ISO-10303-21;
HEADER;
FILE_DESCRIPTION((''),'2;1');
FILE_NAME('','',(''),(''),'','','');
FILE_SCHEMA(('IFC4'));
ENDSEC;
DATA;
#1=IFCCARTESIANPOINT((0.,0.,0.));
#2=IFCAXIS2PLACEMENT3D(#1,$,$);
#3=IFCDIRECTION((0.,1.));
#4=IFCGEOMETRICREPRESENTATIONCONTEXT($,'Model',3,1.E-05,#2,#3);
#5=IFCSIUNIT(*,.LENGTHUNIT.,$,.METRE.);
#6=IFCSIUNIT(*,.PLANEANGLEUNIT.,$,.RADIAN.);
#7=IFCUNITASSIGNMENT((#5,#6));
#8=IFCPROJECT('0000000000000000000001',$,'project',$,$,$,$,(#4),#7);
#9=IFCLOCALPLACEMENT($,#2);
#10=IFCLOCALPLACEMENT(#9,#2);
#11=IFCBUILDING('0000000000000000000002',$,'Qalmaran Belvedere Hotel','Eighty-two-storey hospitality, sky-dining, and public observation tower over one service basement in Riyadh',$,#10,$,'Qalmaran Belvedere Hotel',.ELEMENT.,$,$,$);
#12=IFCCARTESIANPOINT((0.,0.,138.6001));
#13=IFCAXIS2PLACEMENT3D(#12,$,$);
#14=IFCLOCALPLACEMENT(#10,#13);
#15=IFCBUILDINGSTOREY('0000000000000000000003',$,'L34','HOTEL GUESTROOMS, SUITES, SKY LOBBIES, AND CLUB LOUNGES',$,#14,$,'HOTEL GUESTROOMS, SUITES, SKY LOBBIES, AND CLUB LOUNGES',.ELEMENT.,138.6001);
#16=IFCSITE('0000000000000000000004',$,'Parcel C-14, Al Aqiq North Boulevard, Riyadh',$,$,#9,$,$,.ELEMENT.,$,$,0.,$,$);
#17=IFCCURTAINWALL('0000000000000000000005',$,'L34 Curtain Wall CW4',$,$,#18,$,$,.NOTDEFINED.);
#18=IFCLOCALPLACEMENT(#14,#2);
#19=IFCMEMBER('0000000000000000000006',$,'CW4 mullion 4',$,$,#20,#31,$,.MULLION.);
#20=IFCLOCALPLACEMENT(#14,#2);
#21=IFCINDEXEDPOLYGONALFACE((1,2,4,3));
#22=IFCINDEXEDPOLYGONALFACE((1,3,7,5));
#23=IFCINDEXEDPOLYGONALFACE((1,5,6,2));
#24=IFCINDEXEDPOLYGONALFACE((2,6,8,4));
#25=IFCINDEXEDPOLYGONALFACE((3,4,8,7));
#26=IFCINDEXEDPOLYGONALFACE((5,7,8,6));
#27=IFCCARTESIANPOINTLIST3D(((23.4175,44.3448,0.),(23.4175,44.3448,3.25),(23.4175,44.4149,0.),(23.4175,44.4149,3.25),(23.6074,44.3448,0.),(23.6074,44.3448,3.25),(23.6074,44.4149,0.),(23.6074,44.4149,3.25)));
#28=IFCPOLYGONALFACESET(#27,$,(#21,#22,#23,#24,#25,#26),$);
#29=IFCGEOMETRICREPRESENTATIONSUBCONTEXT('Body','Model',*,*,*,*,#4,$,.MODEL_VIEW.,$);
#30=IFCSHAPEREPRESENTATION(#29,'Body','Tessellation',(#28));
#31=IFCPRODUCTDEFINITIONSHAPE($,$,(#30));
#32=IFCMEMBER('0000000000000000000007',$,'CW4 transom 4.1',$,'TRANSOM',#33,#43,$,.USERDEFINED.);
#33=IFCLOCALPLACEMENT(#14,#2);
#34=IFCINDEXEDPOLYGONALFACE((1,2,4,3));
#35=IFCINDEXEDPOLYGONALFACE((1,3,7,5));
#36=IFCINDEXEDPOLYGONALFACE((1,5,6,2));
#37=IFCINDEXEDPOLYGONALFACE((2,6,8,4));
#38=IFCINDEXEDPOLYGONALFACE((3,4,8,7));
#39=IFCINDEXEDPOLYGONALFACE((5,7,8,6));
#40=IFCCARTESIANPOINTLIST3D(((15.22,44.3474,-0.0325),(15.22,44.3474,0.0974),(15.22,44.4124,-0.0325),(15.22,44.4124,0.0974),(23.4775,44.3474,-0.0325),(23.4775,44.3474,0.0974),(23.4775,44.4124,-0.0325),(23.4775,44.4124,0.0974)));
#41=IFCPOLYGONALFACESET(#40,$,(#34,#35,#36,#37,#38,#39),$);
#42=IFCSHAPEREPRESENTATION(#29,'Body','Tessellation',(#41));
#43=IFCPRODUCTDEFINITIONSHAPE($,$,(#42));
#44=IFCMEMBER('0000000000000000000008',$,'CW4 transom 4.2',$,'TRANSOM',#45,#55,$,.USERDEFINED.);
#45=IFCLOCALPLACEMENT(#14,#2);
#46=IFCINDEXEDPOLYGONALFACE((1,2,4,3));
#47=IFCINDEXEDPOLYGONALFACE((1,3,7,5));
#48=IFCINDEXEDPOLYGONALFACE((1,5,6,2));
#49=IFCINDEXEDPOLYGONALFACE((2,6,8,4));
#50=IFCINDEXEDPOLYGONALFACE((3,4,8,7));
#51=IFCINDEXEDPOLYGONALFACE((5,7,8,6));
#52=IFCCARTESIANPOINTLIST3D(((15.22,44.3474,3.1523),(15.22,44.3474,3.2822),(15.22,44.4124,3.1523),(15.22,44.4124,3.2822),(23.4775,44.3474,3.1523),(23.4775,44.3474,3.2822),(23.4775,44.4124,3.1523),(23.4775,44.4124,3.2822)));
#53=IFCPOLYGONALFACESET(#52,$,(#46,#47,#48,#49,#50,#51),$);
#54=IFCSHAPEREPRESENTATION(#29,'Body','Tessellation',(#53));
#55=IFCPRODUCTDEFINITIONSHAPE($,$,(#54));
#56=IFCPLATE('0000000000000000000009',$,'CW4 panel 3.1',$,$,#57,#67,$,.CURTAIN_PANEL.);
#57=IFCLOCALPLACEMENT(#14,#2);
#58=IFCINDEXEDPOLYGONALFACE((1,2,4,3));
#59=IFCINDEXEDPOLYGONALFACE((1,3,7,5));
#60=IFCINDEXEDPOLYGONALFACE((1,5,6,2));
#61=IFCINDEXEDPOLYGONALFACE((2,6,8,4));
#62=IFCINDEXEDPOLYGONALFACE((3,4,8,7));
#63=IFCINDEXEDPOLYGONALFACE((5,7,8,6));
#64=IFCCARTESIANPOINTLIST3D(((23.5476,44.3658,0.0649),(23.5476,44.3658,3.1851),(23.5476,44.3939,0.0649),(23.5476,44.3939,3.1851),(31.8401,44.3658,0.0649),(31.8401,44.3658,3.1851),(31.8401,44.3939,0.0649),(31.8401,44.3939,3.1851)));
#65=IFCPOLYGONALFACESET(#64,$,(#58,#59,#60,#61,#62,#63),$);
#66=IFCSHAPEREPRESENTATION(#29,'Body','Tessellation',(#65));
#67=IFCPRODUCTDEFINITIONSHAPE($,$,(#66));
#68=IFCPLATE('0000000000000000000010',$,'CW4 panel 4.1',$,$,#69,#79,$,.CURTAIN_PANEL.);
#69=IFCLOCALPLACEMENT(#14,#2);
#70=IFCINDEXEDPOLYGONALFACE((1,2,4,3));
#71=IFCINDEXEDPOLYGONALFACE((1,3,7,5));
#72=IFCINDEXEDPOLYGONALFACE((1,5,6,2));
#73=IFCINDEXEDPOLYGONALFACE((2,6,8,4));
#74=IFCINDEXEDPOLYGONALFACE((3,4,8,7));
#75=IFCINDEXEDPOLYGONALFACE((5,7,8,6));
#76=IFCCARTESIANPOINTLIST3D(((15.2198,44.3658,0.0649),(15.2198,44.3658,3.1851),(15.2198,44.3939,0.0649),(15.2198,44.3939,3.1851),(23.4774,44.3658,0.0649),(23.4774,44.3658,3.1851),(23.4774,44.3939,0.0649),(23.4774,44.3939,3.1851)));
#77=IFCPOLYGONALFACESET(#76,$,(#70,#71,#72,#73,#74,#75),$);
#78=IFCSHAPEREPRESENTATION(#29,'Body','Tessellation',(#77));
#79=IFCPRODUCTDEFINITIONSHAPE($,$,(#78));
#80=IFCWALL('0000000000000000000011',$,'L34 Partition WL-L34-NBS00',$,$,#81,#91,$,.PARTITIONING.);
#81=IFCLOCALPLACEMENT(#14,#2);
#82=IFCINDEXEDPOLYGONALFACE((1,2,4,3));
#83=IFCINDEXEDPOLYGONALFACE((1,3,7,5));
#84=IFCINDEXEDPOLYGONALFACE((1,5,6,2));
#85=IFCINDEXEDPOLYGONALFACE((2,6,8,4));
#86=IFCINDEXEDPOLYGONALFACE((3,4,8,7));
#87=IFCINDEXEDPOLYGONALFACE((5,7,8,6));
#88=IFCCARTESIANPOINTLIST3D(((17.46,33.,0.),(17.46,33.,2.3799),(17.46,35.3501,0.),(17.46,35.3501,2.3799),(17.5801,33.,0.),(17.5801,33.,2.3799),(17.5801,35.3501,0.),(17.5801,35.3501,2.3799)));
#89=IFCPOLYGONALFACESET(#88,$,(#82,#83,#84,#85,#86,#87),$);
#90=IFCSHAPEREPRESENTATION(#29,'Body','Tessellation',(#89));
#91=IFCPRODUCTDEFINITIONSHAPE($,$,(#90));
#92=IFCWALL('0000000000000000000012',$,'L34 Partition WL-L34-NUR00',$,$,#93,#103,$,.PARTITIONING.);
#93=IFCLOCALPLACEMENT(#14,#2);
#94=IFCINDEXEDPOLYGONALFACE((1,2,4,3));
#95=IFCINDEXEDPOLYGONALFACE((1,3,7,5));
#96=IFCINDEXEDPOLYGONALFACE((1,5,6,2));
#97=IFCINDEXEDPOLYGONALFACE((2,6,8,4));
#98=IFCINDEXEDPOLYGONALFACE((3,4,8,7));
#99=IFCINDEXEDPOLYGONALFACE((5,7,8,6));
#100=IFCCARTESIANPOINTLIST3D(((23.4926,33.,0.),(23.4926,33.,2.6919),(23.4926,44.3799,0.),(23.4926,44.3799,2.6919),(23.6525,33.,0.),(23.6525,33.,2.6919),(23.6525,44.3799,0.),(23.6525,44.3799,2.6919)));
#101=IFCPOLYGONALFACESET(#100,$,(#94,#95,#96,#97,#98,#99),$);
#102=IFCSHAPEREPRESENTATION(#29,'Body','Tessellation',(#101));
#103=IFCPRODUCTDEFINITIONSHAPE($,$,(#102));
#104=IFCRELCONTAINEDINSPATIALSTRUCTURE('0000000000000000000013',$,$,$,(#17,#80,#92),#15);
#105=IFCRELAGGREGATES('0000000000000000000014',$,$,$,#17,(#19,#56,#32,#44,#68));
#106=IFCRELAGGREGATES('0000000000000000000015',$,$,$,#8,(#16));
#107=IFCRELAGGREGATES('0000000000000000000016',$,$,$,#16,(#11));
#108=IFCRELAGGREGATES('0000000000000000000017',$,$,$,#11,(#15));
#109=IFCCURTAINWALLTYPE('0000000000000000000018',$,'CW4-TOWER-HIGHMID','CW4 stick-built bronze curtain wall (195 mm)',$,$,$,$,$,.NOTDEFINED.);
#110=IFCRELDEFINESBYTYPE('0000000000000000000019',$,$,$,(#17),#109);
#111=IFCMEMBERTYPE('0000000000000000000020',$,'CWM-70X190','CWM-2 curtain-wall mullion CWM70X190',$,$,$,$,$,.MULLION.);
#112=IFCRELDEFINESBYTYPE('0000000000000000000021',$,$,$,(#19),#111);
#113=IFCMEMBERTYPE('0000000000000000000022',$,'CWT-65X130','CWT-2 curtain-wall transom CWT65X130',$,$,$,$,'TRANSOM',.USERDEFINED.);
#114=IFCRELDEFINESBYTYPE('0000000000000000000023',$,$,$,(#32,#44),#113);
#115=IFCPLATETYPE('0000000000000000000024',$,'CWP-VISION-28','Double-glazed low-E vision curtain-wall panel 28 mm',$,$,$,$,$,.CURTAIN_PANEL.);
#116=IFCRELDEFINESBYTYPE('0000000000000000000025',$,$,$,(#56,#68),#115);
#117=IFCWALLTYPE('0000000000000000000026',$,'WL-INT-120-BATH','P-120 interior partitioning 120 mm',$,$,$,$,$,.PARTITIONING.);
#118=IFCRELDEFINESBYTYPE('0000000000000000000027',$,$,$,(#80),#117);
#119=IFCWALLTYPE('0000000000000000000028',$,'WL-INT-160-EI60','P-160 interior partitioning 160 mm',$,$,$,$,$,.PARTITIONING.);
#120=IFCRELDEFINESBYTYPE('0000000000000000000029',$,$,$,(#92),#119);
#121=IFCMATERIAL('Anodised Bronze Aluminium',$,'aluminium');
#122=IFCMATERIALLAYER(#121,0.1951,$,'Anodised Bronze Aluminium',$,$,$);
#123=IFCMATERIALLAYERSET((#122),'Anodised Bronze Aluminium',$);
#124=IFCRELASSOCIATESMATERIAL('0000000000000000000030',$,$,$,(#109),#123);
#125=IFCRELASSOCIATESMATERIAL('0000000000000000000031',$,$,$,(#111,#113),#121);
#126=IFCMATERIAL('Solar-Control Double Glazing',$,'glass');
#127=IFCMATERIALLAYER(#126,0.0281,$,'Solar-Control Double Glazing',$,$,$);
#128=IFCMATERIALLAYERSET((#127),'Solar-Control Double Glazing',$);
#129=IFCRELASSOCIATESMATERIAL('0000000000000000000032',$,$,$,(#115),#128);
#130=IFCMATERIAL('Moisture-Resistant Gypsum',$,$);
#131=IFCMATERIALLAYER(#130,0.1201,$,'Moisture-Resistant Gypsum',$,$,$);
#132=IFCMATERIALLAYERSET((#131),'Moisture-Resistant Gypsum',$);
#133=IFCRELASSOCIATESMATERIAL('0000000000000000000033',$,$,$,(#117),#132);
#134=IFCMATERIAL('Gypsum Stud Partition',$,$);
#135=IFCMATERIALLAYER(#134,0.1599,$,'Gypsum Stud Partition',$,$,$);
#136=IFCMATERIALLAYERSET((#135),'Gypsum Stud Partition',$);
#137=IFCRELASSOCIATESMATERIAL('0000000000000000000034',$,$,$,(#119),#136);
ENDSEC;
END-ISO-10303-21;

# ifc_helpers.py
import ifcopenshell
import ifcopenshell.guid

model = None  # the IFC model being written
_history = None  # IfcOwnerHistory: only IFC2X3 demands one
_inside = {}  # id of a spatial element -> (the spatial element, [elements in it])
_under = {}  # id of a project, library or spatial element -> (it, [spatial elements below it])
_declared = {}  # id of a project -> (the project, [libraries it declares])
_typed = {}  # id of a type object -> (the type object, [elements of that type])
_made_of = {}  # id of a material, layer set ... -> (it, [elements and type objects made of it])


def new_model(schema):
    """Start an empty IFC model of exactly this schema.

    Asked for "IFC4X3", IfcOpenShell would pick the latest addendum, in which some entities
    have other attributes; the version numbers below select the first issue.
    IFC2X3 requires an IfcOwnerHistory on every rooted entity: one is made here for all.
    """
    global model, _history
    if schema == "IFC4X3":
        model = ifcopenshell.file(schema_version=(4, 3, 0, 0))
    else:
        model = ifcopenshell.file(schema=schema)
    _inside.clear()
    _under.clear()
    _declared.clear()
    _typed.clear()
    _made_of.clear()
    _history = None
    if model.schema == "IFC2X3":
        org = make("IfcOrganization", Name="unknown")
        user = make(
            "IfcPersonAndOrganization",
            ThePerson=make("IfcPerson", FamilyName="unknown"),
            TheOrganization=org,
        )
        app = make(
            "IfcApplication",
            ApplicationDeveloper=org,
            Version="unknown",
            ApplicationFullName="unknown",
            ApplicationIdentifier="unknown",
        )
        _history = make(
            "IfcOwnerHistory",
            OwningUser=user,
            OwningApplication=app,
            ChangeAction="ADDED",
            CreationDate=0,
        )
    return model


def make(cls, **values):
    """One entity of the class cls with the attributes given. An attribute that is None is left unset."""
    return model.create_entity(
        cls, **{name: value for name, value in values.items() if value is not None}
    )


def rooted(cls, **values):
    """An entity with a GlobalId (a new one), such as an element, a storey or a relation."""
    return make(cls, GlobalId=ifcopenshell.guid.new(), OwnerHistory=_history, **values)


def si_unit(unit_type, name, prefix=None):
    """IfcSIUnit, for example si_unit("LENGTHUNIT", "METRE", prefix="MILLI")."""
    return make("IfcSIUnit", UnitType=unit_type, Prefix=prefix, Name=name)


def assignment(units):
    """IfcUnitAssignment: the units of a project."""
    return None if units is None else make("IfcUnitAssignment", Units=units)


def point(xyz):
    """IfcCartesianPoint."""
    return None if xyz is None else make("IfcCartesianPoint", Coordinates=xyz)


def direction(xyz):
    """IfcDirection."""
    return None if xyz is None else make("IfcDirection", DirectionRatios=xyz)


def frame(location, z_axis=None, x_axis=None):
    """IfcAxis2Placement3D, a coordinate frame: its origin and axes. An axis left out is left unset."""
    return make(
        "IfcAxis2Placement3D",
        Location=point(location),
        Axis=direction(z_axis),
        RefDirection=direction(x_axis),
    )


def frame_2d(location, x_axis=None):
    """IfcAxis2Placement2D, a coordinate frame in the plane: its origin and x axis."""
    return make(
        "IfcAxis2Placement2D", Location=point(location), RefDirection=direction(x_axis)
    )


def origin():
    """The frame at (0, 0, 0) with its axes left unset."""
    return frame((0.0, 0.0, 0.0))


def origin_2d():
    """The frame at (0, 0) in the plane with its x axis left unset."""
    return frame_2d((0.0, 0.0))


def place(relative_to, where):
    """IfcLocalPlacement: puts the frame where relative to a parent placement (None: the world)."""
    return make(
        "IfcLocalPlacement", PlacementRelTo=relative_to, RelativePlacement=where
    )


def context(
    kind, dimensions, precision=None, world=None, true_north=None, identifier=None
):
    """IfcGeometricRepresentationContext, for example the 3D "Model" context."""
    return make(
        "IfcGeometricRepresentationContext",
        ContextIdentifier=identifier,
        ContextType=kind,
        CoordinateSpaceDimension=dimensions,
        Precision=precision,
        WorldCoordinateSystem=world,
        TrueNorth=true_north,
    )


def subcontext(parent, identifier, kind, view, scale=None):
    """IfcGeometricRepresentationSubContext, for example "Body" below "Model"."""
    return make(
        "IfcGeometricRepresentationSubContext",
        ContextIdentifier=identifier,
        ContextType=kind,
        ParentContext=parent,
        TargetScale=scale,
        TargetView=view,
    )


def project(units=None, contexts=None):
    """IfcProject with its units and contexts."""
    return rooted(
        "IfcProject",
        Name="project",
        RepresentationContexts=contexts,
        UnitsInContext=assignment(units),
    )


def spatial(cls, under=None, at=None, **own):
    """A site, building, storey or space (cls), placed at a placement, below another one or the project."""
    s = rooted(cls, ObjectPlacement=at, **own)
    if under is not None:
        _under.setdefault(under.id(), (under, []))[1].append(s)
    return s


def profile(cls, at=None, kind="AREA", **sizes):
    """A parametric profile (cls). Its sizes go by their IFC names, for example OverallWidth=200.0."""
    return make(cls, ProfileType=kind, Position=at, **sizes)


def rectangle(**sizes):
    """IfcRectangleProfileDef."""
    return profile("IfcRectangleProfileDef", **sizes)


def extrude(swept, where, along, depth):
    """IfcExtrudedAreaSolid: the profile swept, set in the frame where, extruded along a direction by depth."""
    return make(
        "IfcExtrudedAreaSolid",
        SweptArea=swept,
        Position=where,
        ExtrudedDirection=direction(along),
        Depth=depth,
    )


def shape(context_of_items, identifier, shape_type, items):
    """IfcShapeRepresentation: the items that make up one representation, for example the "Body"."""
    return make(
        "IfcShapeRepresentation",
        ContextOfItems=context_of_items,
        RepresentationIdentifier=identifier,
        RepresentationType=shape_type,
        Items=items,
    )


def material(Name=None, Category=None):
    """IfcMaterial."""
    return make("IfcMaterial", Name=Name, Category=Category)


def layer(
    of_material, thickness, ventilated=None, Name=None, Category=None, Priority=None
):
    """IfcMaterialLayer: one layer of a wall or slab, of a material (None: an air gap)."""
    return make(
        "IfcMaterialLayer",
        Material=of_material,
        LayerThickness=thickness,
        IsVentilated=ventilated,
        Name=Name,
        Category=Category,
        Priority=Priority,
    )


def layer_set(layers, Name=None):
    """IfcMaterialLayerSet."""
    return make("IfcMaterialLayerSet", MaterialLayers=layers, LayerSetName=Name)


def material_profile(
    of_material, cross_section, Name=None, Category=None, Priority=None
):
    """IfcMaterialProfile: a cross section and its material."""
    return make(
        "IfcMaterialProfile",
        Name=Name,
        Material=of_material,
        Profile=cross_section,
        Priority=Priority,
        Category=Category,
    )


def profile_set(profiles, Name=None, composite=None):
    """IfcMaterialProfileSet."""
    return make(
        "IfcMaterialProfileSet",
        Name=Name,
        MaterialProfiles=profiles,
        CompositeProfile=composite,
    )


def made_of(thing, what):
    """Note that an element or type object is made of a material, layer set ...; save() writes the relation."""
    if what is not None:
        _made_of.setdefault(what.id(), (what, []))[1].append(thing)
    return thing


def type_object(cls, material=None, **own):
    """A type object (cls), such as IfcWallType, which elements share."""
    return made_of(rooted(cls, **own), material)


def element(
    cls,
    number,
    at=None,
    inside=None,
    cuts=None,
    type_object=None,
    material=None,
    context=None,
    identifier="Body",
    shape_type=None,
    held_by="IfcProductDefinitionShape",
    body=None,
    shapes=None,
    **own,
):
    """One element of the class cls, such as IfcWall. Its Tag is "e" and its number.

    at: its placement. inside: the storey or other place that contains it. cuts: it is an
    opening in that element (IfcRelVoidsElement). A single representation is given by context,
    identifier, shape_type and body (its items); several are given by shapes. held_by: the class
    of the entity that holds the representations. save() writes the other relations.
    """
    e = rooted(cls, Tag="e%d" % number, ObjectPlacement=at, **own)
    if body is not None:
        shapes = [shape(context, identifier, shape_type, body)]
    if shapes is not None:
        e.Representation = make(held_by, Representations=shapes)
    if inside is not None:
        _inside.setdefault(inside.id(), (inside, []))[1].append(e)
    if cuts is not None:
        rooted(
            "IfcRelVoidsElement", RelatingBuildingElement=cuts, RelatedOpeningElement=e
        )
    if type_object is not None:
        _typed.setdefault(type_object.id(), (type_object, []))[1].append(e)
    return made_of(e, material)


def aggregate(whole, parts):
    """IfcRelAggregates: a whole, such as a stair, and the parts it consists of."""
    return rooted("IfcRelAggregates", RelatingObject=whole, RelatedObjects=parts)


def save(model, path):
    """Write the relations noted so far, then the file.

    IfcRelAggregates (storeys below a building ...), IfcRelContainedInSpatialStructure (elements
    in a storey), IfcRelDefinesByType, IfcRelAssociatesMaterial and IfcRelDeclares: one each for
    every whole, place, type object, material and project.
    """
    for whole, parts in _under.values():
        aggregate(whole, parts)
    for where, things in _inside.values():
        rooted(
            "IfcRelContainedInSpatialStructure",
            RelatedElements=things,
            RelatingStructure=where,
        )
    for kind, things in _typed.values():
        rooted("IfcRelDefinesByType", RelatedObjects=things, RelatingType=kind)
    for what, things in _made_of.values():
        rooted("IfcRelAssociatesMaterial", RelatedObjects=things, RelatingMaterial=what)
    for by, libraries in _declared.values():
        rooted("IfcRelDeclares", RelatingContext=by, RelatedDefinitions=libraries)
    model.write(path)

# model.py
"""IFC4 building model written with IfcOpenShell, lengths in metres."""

from ifc_helpers import new_model, si_unit, direction, frame, frame_2d, origin, origin_2d, place, context, subcontext, project, spatial, rectangle, extrude, material, layer, layer_set, material_profile, profile_set, type_object, element, aggregate, save


model = new_model("IFC4")

# Units and contexts
model_context = context("Model", 3, precision=1e-05, world=origin(), true_north=direction((0.0, 1.0)))
body_context = subcontext(model_context, "Body", "Model", "MODEL_VIEW")
ifc_project = project(units=[si_unit("LENGTHUNIT", "METRE"), si_unit("PLANEANGLEUNIT", "RADIAN")], contexts=[model_context])

# Site, building, storey
site_placement = place(None, origin())
site = spatial("IfcSite", under=ifc_project, at=site_placement, Name="Parcel C-14, Al Aqiq North Boulevard, Riyadh", CompositionType="ELEMENT", RefElevation=0.0)
building_placement = place(site_placement, origin())
building = spatial("IfcBuilding", under=site, at=building_placement, Name="Qalmaran Belvedere Hotel", Description="Eighty-two-storey hospitality, sky-dining, and public observation tower over one service basement in Riyadh", LongName="Qalmaran Belvedere Hotel", CompositionType="ELEMENT")
storey_placement = place(building_placement, frame((0.0, 0.0, 138.6001)))
storey = spatial("IfcBuildingStorey", under=building, at=storey_placement, Name="L34", Description="HOTEL GUESTROOMS, SUITES, SKY LOBBIES, AND CLUB LOUNGES", LongName="HOTEL GUESTROOMS, SUITES, SKY LOBBIES, AND CLUB LOUNGES", CompositionType="ELEMENT", Elevation=138.6001)

# Curtain wall, members, plates
ifc_material_1 = material(Name="Anodised Bronze Aluminium", Category="aluminium")
ifc_layer_1 = layer(ifc_material_1, 0.1951, Name="Anodised Bronze Aluminium")
ifc_layer_set_1 = layer_set([ifc_layer_1], Name="Anodised Bronze Aluminium")
curtain_wall_type = type_object("IfcCurtainWallType", Name="CW4-TOWER-HIGHMID", Description="CW4 stick-built bronze curtain wall (195 mm)", PredefinedType="NOTDEFINED", material=ifc_layer_set_1)
curtain_wall_placement = place(storey_placement, origin())
curtain_wall = element("IfcCurtainWall", 1, at=curtain_wall_placement, inside=storey, type_object=curtain_wall_type, Name="L34 Curtain Wall CW4", PredefinedType="NOTDEFINED")
ifc_material_profile_1 = material_profile(ifc_material_1, rectangle(XDim=0.0701, YDim=0.1899, at=origin_2d()), Name="CWM70X190")
ifc_profile_set_1 = profile_set([ifc_material_profile_1], Name="Anodised Bronze Aluminium")
member_type_1 = type_object("IfcMemberType", Name="CWM-70X190", Description="CWM-2 curtain-wall mullion CWM70X190", PredefinedType="MULLION", material=ifc_profile_set_1)
member_1_placement = place(storey_placement, frame((23.5125, 44.3799, 0.0), z_axis=(0.0, 0.0, 1.0), x_axis=(0.0, -1.0, 0.0)))
member_1 = element("IfcMember", 2, at=member_1_placement, type_object=member_type_1, Name="CW4 mullion 4", PredefinedType="MULLION", context=body_context, shape_type="SweptSolid", body=[
    extrude(rectangle(XDim=0.0701, YDim=0.1899, at=origin_2d()), origin(), (0.0, 0.0, 1.0), 3.25),
])
ifc_material_profile_2 = material_profile(ifc_material_1, rectangle(XDim=0.0649, YDim=0.1299, at=origin_2d()), Name="CWT65X130")
ifc_profile_set_2 = profile_set([ifc_material_profile_2], Name="Anodised Bronze Aluminium")
member_type_2 = type_object("IfcMemberType", Name="CWT-65X130", Description="CWT-2 curtain-wall transom CWT65X130", ElementType="TRANSOM", PredefinedType="USERDEFINED", material=ifc_profile_set_2)
member_2_placement = place(storey_placement, frame((23.4775, 44.3799, 0.0325), z_axis=(-1.0, 0.0, 0.0), x_axis=(0.0, -1.0, 0.0)))
member_2 = element("IfcMember", 3, at=member_2_placement, type_object=member_type_2, Name="CW4 transom 4.1", ObjectType="TRANSOM", PredefinedType="USERDEFINED", context=body_context, shape_type="SweptSolid", body=[
    extrude(rectangle(XDim=0.0649, YDim=0.1299, at=origin_2d()), origin(), (0.0, 0.0, 1.0), 8.2576),
])
member_3_placement = place(storey_placement, frame((23.4775, 44.3799, 3.2173), z_axis=(-1.0, 0.0, 0.0), x_axis=(0.0, -1.0, 0.0)))
member_3 = element("IfcMember", 4, at=member_3_placement, type_object=member_type_2, Name="CW4 transom 4.2", ObjectType="TRANSOM", PredefinedType="USERDEFINED", context=body_context, shape_type="SweptSolid", body=[
    extrude(rectangle(XDim=0.0649, YDim=0.1299, at=origin_2d()), origin(), (0.0, 0.0, 1.0), 8.2576),
])
ifc_material_2 = material(Name="Solar-Control Double Glazing", Category="glass")
ifc_layer_2 = layer(ifc_material_2, 0.0281, Name="Solar-Control Double Glazing")
ifc_layer_set_2 = layer_set([ifc_layer_2], Name="Solar-Control Double Glazing")
plate_type = type_object("IfcPlateType", Name="CWP-VISION-28", Description="Double-glazed low-E vision curtain-wall panel 28 mm", PredefinedType="CURTAIN_PANEL", material=ifc_layer_set_2)
plate_1_placement = place(storey_placement, frame((27.6938, 44.3799, 0.0649), z_axis=(0.0, 0.0, 1.0), x_axis=(-1.0, 0.0, 0.0)))
plate_1 = element("IfcPlate", 5, at=plate_1_placement, type_object=plate_type, Name="CW4 panel 3.1", PredefinedType="CURTAIN_PANEL", context=body_context, shape_type="SweptSolid", body=[
    extrude(rectangle(XDim=8.2925, YDim=0.0281, at=origin_2d()), origin(), (0.0, 0.0, 1.0), 3.1201),
])
plate_2_placement = place(storey_placement, frame((19.3486, 44.3799, 0.0649), z_axis=(0.0, 0.0, 1.0), x_axis=(-1.0, 0.0, 0.0)))
plate_2 = element("IfcPlate", 6, at=plate_2_placement, type_object=plate_type, Name="CW4 panel 4.1", PredefinedType="CURTAIN_PANEL", context=body_context, shape_type="SweptSolid", body=[
    extrude(rectangle(XDim=8.2576, YDim=0.0281, at=origin_2d()), origin(), (0.0, 0.0, 1.0), 3.1201),
])
aggregate(curtain_wall, [member_1, plate_1, member_2, member_3, plate_2])

# Walls
ifc_material_3 = material(Name="Moisture-Resistant Gypsum")
ifc_layer_3 = layer(ifc_material_3, 0.1201, Name="Moisture-Resistant Gypsum")
ifc_layer_set_3 = layer_set([ifc_layer_3], Name="Moisture-Resistant Gypsum")
wall_type_1 = type_object("IfcWallType", Name="WL-INT-120-BATH", Description="P-120 interior partitioning 120 mm", PredefinedType="PARTITIONING", material=ifc_layer_set_3)
wall_1_placement = place(storey_placement, frame((17.52, 33.0, 0.0), z_axis=(0.0, 0.0, 1.0), x_axis=(0.0, 1.0, 0.0)))
element("IfcWall", 7, at=wall_1_placement, inside=storey, type_object=wall_type_1, Name="L34 Partition WL-L34-NBS00", PredefinedType="PARTITIONING", context=body_context, shape_type="SweptSolid", body=[
    extrude(rectangle(XDim=2.3501, YDim=0.1201, at=frame_2d((1.175, 0.0))), origin(), (0.0, 0.0, 1.0), 2.3799),
])
ifc_material_4 = material(Name="Gypsum Stud Partition")
ifc_layer_4 = layer(ifc_material_4, 0.1599, Name="Gypsum Stud Partition")
ifc_layer_set_4 = layer_set([ifc_layer_4], Name="Gypsum Stud Partition")
wall_type_2 = type_object("IfcWallType", Name="WL-INT-160-EI60", Description="P-160 interior partitioning 160 mm", PredefinedType="PARTITIONING", material=ifc_layer_set_4)
wall_2_placement = place(storey_placement, frame((23.5725, 33.0, 0.0), z_axis=(0.0, 0.0, 1.0), x_axis=(0.0, 1.0, 0.0)))
element("IfcWall", 8, at=wall_2_placement, inside=storey, type_object=wall_type_2, Name="L34 Partition WL-L34-NUR00", PredefinedType="PARTITIONING", context=body_context, shape_type="SweptSolid", body=[
    extrude(rectangle(XDim=11.3799, YDim=0.1599, at=frame_2d((5.6899, 0.0))), origin(), (0.0, 0.0, 1.0), 2.6919),
])

save(model, "model.ifc")
